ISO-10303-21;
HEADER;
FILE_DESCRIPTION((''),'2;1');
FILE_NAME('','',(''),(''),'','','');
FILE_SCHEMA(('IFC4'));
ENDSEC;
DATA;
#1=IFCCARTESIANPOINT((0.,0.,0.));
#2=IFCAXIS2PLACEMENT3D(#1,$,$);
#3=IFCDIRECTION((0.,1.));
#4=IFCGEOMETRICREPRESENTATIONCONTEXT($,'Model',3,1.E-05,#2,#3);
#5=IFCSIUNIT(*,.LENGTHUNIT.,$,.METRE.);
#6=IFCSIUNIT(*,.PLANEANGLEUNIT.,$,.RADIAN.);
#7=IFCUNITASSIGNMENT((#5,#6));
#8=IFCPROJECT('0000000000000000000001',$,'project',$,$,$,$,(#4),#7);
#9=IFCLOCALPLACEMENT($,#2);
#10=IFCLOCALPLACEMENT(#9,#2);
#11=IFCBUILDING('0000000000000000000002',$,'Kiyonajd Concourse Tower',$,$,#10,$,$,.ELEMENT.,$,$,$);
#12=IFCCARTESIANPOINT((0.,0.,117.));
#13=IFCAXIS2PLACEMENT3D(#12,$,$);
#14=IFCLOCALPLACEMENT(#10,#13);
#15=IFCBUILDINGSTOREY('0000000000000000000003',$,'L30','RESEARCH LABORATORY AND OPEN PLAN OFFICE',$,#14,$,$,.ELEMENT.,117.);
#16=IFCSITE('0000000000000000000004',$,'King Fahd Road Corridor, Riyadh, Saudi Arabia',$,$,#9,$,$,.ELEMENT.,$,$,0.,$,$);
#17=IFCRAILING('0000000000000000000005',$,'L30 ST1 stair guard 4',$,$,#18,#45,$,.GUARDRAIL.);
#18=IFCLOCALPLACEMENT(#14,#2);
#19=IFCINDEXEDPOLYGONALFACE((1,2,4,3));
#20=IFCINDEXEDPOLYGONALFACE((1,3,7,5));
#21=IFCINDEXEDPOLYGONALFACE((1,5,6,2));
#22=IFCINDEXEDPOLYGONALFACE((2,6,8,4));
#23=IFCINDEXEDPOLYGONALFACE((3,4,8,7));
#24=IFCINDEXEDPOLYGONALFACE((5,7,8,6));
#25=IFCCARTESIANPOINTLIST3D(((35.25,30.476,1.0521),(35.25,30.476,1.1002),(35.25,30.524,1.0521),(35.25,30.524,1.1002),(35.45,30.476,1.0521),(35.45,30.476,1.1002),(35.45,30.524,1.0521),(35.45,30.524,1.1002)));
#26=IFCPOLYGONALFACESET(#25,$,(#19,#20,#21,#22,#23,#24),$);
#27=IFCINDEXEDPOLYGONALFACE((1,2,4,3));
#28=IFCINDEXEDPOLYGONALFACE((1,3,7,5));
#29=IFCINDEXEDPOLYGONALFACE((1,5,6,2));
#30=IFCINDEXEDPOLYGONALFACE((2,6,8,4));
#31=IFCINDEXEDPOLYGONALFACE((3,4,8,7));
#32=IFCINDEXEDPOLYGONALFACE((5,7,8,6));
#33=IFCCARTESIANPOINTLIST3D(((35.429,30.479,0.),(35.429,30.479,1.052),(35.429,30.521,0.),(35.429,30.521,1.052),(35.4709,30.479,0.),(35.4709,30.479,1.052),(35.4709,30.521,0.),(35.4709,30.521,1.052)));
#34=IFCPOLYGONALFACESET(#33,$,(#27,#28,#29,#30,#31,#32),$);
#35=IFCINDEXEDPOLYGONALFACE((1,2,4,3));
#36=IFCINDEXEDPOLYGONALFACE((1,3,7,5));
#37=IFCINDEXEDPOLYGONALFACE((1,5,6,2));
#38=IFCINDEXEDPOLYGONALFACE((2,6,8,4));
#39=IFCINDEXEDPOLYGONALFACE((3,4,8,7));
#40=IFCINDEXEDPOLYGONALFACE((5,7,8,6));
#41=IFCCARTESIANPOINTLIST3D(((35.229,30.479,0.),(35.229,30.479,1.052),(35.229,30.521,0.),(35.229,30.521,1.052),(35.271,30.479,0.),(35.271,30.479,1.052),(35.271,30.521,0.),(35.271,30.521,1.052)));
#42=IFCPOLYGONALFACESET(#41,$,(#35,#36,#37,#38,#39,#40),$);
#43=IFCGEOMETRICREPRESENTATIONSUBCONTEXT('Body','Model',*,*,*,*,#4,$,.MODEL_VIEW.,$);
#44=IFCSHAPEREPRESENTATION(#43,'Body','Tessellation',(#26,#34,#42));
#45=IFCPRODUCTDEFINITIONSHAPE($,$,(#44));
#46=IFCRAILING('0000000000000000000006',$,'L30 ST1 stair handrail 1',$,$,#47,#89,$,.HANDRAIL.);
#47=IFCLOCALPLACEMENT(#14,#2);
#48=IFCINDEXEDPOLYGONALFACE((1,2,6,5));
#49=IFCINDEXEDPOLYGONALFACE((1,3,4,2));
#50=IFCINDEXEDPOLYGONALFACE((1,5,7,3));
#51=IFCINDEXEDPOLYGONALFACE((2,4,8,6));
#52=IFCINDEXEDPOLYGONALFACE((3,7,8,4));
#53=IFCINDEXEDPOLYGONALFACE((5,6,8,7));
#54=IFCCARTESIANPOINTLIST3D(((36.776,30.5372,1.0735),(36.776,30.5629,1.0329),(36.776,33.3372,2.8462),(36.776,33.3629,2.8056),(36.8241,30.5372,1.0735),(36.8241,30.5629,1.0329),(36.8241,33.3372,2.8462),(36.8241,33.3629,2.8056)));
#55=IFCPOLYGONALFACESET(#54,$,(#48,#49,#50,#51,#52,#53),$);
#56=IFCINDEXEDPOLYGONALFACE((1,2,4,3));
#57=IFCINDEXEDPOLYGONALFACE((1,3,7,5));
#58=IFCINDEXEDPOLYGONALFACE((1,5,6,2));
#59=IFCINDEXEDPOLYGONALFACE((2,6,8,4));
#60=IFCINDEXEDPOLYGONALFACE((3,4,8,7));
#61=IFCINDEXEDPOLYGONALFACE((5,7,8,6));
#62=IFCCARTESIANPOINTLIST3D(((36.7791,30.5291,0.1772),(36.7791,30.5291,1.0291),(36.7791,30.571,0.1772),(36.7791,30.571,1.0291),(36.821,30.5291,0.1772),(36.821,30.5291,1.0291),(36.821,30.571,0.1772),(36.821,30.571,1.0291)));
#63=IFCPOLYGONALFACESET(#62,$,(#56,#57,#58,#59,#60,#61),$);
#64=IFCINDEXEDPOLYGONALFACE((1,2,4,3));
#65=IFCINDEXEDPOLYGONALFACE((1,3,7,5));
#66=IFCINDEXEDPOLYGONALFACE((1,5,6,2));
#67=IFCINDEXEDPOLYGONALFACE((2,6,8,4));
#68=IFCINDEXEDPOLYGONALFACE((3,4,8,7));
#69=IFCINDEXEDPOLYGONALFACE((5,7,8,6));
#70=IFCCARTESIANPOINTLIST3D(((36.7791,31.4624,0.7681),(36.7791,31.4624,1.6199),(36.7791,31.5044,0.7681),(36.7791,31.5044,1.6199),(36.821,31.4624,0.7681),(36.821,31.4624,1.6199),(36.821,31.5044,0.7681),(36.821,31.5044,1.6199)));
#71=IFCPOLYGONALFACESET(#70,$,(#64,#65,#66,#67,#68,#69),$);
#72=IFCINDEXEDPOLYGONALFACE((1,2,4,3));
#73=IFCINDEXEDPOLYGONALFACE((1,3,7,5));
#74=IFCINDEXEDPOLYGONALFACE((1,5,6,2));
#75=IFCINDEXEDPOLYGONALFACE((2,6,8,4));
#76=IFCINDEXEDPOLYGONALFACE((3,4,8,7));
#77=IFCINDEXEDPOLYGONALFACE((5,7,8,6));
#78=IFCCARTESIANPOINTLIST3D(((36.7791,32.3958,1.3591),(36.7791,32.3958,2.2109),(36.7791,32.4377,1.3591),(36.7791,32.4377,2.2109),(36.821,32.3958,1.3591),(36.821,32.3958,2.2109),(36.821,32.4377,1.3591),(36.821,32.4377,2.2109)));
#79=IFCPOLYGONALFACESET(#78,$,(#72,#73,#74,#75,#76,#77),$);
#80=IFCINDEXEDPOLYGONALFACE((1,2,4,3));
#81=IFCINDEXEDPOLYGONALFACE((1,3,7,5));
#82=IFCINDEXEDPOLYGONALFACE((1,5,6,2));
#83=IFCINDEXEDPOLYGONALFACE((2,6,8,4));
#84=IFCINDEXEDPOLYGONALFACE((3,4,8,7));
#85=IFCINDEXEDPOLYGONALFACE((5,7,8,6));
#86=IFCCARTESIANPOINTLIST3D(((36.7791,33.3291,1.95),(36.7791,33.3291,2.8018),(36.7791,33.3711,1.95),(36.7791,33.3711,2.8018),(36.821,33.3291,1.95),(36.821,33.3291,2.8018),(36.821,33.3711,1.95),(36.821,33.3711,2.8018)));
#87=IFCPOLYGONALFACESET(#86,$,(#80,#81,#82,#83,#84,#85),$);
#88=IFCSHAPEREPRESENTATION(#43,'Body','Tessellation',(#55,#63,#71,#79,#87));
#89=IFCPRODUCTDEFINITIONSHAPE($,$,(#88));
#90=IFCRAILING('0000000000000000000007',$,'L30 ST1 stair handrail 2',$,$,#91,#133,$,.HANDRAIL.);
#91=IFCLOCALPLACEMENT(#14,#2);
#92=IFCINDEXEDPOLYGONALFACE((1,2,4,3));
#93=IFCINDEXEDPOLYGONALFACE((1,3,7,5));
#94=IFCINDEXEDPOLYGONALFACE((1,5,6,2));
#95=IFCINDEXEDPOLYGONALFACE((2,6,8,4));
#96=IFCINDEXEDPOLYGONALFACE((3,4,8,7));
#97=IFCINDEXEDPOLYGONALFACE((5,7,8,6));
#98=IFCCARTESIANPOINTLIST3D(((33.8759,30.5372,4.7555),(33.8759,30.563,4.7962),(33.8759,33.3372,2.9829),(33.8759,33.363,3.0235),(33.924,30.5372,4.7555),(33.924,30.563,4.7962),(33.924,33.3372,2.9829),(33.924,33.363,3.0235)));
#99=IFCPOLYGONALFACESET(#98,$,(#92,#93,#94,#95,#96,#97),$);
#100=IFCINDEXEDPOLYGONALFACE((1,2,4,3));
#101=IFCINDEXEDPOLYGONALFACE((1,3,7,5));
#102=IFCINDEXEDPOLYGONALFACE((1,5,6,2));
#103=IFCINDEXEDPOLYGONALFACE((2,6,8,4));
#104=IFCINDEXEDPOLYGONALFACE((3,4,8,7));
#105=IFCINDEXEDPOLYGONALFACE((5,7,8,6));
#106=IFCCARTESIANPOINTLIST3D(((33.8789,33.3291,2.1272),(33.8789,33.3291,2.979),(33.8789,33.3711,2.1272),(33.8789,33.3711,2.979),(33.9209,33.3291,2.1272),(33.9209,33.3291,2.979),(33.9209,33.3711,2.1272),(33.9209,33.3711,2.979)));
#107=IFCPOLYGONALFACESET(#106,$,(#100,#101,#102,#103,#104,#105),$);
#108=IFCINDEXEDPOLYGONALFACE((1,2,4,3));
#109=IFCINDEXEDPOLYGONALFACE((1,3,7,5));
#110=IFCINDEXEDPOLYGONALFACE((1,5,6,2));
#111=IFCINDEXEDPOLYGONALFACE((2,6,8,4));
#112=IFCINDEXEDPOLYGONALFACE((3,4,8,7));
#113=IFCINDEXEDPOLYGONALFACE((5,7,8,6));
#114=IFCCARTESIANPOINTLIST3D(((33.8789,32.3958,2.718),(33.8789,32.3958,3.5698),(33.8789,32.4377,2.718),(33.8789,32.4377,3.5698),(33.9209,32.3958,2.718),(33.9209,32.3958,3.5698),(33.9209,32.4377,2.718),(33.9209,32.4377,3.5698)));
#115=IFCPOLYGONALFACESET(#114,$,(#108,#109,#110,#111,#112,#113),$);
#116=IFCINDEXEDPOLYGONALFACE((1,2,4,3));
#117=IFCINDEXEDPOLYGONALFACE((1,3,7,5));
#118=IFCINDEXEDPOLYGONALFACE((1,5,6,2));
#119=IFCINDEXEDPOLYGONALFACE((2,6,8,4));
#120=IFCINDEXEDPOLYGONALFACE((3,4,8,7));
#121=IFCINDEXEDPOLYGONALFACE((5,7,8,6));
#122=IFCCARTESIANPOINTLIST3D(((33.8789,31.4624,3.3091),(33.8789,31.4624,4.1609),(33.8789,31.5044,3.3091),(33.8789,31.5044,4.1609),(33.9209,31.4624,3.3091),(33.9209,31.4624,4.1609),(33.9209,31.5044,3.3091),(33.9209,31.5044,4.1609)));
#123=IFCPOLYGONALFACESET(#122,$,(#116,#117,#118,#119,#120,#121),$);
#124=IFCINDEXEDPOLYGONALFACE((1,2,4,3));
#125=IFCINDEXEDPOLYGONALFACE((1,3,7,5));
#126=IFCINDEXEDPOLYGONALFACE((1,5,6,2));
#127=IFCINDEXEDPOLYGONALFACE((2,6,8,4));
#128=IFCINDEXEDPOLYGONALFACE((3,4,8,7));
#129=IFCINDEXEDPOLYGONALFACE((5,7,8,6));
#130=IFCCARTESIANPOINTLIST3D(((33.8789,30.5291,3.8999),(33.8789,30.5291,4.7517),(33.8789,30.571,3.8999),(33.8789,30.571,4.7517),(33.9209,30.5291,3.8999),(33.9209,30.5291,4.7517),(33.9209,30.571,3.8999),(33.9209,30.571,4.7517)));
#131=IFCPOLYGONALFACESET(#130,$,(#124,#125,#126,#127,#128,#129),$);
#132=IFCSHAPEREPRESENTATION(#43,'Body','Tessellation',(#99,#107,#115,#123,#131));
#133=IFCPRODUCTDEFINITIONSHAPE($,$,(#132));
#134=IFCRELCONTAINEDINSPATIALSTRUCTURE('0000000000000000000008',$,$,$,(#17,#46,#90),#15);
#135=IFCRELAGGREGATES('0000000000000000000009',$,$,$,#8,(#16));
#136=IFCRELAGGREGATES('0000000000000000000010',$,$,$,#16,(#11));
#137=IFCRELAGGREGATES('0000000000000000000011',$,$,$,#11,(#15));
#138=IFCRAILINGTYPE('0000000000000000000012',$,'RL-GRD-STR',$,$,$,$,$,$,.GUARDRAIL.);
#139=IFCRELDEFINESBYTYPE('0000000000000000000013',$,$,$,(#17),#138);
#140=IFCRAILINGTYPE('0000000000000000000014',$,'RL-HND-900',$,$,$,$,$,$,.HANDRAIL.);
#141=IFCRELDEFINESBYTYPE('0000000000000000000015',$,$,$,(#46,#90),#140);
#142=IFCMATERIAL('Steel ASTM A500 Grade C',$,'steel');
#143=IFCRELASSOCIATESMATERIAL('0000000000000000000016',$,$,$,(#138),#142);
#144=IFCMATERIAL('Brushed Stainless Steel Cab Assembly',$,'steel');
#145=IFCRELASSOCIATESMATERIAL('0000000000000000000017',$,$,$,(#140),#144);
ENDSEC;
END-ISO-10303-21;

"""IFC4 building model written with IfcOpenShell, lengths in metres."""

from ifc_helpers import new_model, si_unit, direction, frame, origin, origin_2d, place, context, subcontext, project, spatial, rectangle, extrude, material, type_object, element, save


model = new_model("IFC4")

# Units and contexts
model_context = context("Model", 3, precision=1e-05, world=origin(), true_north=direction((0.0, 1.0)))
body_context = subcontext(model_context, "Body", "Model", "MODEL_VIEW")
ifc_project = project(units=[si_unit("LENGTHUNIT", "METRE"), si_unit("PLANEANGLEUNIT", "RADIAN")], contexts=[model_context])

# Site, building, storey
site_placement = place(None, origin())
site = spatial("IfcSite", under=ifc_project, at=site_placement, Name="King Fahd Road Corridor, Riyadh, Saudi Arabia", CompositionType="ELEMENT", RefElevation=0.0)
building_placement = place(site_placement, origin())
building = spatial("IfcBuilding", under=site, at=building_placement, Name="Kiyonajd Concourse Tower", CompositionType="ELEMENT")
storey_placement = place(building_placement, frame((0.0, 0.0, 117.0)))
storey = spatial("IfcBuildingStorey", under=building, at=storey_placement, Name="L30", Description="RESEARCH LABORATORY AND OPEN PLAN OFFICE", CompositionType="ELEMENT", Elevation=117.0)

# Shared definitions
ifc_material_1 = material(Name="Brushed Stainless Steel Cab Assembly", Category="steel")

# Railings
ifc_material_2 = material(Name="Steel ASTM A500 Grade C", Category="steel")
railing_type_1 = type_object("IfcRailingType", Name="RL-GRD-STR", PredefinedType="GUARDRAIL", material=ifc_material_2)
railing_1_placement = place(storey_placement, frame((35.45, 30.5, 0.0)))
element("IfcRailing", 1, at=railing_1_placement, inside=storey, type_object=railing_type_1, Name="L30 ST1 stair guard 4", PredefinedType="GUARDRAIL", context=body_context, shape_type="SweptSolid", body=[
    extrude(rectangle(XDim=0.0481, YDim=0.0481, at=origin_2d()), frame((0.0, 0.0, 1.0762), z_axis=(-1.0, 0.0, 0.0), x_axis=(0.0, -1.0, 0.0)), (0.0, 0.0, 1.0), 0.2),
    extrude(rectangle(XDim=0.042, YDim=0.042, at=origin_2d()), origin(), (0.0, 0.0, 1.0), 1.052),
    extrude(rectangle(XDim=0.042, YDim=0.042, at=origin_2d()), frame((-0.2, 0.0, 0.0)), (0.0, 0.0, 1.0), 1.052),
])
railing_type_2 = type_object("IfcRailingType", Name="RL-HND-900", PredefinedType="HANDRAIL", material=ifc_material_1)
railing_2_placement = place(storey_placement, frame((36.8, 30.55, 0.1772)))
element("IfcRailing", 2, at=railing_2_placement, inside=storey, type_object=railing_type_2, Name="L30 ST1 stair handrail 1", PredefinedType="HANDRAIL", context=body_context, shape_type="SweptSolid", body=[
    extrude(rectangle(XDim=0.0481, YDim=0.0481, at=origin_2d()), frame((0.0, 0.0, 0.876), z_axis=(0.0, 0.844909, 0.53491), x_axis=(-1.0, 0.0, 0.0)), (0.0, 0.0, 1.0), 3.314),
    extrude(rectangle(XDim=0.042, YDim=0.042, at=origin_2d()), origin(), (0.0, 0.0, 1.0), 0.8518),
    extrude(rectangle(XDim=0.042, YDim=0.042, at=origin_2d()), frame((0.0, 0.9333, 0.5908)), (0.0, 0.0, 1.0), 0.8518),
    extrude(rectangle(XDim=0.042, YDim=0.042, at=origin_2d()), frame((0.0, 1.8667, 1.1819)), (0.0, 0.0, 1.0), 0.8518),
    extrude(rectangle(XDim=0.042, YDim=0.042, at=origin_2d()), frame((0.0, 2.8, 1.7727)), (0.0, 0.0, 1.0), 0.8518),
])
railing_3_placement = place(storey_placement, frame((33.8999, 33.3501, 2.1272)))
element("IfcRailing", 3, at=railing_3_placement, inside=storey, type_object=railing_type_2, Name="L30 ST1 stair handrail 2", PredefinedType="HANDRAIL", context=body_context, shape_type="SweptSolid", body=[
    extrude(rectangle(XDim=0.0481, YDim=0.0481, at=origin_2d()), frame((0.0, 0.0, 0.876), z_axis=(0.0, -0.844909, 0.53491), x_axis=(1.0, 0.0, 0.0)), (0.0, 0.0, 1.0), 3.314),
    extrude(rectangle(XDim=0.042, YDim=0.042, at=origin_2d()), origin(), (0.0, 0.0, 1.0), 0.8518),
    extrude(rectangle(XDim=0.042, YDim=0.042, at=origin_2d()), frame((0.0, -0.9333, 0.5908)), (0.0, 0.0, 1.0), 0.8518),
    extrude(rectangle(XDim=0.042, YDim=0.042, at=origin_2d()), frame((0.0, -1.8667, 1.1819)), (0.0, 0.0, 1.0), 0.8518),
    extrude(rectangle(XDim=0.042, YDim=0.042, at=origin_2d()), frame((0.0, -2.8, 1.7727)), (0.0, 0.0, 1.0), 0.8518),
])

save(model, "model.ifc")
